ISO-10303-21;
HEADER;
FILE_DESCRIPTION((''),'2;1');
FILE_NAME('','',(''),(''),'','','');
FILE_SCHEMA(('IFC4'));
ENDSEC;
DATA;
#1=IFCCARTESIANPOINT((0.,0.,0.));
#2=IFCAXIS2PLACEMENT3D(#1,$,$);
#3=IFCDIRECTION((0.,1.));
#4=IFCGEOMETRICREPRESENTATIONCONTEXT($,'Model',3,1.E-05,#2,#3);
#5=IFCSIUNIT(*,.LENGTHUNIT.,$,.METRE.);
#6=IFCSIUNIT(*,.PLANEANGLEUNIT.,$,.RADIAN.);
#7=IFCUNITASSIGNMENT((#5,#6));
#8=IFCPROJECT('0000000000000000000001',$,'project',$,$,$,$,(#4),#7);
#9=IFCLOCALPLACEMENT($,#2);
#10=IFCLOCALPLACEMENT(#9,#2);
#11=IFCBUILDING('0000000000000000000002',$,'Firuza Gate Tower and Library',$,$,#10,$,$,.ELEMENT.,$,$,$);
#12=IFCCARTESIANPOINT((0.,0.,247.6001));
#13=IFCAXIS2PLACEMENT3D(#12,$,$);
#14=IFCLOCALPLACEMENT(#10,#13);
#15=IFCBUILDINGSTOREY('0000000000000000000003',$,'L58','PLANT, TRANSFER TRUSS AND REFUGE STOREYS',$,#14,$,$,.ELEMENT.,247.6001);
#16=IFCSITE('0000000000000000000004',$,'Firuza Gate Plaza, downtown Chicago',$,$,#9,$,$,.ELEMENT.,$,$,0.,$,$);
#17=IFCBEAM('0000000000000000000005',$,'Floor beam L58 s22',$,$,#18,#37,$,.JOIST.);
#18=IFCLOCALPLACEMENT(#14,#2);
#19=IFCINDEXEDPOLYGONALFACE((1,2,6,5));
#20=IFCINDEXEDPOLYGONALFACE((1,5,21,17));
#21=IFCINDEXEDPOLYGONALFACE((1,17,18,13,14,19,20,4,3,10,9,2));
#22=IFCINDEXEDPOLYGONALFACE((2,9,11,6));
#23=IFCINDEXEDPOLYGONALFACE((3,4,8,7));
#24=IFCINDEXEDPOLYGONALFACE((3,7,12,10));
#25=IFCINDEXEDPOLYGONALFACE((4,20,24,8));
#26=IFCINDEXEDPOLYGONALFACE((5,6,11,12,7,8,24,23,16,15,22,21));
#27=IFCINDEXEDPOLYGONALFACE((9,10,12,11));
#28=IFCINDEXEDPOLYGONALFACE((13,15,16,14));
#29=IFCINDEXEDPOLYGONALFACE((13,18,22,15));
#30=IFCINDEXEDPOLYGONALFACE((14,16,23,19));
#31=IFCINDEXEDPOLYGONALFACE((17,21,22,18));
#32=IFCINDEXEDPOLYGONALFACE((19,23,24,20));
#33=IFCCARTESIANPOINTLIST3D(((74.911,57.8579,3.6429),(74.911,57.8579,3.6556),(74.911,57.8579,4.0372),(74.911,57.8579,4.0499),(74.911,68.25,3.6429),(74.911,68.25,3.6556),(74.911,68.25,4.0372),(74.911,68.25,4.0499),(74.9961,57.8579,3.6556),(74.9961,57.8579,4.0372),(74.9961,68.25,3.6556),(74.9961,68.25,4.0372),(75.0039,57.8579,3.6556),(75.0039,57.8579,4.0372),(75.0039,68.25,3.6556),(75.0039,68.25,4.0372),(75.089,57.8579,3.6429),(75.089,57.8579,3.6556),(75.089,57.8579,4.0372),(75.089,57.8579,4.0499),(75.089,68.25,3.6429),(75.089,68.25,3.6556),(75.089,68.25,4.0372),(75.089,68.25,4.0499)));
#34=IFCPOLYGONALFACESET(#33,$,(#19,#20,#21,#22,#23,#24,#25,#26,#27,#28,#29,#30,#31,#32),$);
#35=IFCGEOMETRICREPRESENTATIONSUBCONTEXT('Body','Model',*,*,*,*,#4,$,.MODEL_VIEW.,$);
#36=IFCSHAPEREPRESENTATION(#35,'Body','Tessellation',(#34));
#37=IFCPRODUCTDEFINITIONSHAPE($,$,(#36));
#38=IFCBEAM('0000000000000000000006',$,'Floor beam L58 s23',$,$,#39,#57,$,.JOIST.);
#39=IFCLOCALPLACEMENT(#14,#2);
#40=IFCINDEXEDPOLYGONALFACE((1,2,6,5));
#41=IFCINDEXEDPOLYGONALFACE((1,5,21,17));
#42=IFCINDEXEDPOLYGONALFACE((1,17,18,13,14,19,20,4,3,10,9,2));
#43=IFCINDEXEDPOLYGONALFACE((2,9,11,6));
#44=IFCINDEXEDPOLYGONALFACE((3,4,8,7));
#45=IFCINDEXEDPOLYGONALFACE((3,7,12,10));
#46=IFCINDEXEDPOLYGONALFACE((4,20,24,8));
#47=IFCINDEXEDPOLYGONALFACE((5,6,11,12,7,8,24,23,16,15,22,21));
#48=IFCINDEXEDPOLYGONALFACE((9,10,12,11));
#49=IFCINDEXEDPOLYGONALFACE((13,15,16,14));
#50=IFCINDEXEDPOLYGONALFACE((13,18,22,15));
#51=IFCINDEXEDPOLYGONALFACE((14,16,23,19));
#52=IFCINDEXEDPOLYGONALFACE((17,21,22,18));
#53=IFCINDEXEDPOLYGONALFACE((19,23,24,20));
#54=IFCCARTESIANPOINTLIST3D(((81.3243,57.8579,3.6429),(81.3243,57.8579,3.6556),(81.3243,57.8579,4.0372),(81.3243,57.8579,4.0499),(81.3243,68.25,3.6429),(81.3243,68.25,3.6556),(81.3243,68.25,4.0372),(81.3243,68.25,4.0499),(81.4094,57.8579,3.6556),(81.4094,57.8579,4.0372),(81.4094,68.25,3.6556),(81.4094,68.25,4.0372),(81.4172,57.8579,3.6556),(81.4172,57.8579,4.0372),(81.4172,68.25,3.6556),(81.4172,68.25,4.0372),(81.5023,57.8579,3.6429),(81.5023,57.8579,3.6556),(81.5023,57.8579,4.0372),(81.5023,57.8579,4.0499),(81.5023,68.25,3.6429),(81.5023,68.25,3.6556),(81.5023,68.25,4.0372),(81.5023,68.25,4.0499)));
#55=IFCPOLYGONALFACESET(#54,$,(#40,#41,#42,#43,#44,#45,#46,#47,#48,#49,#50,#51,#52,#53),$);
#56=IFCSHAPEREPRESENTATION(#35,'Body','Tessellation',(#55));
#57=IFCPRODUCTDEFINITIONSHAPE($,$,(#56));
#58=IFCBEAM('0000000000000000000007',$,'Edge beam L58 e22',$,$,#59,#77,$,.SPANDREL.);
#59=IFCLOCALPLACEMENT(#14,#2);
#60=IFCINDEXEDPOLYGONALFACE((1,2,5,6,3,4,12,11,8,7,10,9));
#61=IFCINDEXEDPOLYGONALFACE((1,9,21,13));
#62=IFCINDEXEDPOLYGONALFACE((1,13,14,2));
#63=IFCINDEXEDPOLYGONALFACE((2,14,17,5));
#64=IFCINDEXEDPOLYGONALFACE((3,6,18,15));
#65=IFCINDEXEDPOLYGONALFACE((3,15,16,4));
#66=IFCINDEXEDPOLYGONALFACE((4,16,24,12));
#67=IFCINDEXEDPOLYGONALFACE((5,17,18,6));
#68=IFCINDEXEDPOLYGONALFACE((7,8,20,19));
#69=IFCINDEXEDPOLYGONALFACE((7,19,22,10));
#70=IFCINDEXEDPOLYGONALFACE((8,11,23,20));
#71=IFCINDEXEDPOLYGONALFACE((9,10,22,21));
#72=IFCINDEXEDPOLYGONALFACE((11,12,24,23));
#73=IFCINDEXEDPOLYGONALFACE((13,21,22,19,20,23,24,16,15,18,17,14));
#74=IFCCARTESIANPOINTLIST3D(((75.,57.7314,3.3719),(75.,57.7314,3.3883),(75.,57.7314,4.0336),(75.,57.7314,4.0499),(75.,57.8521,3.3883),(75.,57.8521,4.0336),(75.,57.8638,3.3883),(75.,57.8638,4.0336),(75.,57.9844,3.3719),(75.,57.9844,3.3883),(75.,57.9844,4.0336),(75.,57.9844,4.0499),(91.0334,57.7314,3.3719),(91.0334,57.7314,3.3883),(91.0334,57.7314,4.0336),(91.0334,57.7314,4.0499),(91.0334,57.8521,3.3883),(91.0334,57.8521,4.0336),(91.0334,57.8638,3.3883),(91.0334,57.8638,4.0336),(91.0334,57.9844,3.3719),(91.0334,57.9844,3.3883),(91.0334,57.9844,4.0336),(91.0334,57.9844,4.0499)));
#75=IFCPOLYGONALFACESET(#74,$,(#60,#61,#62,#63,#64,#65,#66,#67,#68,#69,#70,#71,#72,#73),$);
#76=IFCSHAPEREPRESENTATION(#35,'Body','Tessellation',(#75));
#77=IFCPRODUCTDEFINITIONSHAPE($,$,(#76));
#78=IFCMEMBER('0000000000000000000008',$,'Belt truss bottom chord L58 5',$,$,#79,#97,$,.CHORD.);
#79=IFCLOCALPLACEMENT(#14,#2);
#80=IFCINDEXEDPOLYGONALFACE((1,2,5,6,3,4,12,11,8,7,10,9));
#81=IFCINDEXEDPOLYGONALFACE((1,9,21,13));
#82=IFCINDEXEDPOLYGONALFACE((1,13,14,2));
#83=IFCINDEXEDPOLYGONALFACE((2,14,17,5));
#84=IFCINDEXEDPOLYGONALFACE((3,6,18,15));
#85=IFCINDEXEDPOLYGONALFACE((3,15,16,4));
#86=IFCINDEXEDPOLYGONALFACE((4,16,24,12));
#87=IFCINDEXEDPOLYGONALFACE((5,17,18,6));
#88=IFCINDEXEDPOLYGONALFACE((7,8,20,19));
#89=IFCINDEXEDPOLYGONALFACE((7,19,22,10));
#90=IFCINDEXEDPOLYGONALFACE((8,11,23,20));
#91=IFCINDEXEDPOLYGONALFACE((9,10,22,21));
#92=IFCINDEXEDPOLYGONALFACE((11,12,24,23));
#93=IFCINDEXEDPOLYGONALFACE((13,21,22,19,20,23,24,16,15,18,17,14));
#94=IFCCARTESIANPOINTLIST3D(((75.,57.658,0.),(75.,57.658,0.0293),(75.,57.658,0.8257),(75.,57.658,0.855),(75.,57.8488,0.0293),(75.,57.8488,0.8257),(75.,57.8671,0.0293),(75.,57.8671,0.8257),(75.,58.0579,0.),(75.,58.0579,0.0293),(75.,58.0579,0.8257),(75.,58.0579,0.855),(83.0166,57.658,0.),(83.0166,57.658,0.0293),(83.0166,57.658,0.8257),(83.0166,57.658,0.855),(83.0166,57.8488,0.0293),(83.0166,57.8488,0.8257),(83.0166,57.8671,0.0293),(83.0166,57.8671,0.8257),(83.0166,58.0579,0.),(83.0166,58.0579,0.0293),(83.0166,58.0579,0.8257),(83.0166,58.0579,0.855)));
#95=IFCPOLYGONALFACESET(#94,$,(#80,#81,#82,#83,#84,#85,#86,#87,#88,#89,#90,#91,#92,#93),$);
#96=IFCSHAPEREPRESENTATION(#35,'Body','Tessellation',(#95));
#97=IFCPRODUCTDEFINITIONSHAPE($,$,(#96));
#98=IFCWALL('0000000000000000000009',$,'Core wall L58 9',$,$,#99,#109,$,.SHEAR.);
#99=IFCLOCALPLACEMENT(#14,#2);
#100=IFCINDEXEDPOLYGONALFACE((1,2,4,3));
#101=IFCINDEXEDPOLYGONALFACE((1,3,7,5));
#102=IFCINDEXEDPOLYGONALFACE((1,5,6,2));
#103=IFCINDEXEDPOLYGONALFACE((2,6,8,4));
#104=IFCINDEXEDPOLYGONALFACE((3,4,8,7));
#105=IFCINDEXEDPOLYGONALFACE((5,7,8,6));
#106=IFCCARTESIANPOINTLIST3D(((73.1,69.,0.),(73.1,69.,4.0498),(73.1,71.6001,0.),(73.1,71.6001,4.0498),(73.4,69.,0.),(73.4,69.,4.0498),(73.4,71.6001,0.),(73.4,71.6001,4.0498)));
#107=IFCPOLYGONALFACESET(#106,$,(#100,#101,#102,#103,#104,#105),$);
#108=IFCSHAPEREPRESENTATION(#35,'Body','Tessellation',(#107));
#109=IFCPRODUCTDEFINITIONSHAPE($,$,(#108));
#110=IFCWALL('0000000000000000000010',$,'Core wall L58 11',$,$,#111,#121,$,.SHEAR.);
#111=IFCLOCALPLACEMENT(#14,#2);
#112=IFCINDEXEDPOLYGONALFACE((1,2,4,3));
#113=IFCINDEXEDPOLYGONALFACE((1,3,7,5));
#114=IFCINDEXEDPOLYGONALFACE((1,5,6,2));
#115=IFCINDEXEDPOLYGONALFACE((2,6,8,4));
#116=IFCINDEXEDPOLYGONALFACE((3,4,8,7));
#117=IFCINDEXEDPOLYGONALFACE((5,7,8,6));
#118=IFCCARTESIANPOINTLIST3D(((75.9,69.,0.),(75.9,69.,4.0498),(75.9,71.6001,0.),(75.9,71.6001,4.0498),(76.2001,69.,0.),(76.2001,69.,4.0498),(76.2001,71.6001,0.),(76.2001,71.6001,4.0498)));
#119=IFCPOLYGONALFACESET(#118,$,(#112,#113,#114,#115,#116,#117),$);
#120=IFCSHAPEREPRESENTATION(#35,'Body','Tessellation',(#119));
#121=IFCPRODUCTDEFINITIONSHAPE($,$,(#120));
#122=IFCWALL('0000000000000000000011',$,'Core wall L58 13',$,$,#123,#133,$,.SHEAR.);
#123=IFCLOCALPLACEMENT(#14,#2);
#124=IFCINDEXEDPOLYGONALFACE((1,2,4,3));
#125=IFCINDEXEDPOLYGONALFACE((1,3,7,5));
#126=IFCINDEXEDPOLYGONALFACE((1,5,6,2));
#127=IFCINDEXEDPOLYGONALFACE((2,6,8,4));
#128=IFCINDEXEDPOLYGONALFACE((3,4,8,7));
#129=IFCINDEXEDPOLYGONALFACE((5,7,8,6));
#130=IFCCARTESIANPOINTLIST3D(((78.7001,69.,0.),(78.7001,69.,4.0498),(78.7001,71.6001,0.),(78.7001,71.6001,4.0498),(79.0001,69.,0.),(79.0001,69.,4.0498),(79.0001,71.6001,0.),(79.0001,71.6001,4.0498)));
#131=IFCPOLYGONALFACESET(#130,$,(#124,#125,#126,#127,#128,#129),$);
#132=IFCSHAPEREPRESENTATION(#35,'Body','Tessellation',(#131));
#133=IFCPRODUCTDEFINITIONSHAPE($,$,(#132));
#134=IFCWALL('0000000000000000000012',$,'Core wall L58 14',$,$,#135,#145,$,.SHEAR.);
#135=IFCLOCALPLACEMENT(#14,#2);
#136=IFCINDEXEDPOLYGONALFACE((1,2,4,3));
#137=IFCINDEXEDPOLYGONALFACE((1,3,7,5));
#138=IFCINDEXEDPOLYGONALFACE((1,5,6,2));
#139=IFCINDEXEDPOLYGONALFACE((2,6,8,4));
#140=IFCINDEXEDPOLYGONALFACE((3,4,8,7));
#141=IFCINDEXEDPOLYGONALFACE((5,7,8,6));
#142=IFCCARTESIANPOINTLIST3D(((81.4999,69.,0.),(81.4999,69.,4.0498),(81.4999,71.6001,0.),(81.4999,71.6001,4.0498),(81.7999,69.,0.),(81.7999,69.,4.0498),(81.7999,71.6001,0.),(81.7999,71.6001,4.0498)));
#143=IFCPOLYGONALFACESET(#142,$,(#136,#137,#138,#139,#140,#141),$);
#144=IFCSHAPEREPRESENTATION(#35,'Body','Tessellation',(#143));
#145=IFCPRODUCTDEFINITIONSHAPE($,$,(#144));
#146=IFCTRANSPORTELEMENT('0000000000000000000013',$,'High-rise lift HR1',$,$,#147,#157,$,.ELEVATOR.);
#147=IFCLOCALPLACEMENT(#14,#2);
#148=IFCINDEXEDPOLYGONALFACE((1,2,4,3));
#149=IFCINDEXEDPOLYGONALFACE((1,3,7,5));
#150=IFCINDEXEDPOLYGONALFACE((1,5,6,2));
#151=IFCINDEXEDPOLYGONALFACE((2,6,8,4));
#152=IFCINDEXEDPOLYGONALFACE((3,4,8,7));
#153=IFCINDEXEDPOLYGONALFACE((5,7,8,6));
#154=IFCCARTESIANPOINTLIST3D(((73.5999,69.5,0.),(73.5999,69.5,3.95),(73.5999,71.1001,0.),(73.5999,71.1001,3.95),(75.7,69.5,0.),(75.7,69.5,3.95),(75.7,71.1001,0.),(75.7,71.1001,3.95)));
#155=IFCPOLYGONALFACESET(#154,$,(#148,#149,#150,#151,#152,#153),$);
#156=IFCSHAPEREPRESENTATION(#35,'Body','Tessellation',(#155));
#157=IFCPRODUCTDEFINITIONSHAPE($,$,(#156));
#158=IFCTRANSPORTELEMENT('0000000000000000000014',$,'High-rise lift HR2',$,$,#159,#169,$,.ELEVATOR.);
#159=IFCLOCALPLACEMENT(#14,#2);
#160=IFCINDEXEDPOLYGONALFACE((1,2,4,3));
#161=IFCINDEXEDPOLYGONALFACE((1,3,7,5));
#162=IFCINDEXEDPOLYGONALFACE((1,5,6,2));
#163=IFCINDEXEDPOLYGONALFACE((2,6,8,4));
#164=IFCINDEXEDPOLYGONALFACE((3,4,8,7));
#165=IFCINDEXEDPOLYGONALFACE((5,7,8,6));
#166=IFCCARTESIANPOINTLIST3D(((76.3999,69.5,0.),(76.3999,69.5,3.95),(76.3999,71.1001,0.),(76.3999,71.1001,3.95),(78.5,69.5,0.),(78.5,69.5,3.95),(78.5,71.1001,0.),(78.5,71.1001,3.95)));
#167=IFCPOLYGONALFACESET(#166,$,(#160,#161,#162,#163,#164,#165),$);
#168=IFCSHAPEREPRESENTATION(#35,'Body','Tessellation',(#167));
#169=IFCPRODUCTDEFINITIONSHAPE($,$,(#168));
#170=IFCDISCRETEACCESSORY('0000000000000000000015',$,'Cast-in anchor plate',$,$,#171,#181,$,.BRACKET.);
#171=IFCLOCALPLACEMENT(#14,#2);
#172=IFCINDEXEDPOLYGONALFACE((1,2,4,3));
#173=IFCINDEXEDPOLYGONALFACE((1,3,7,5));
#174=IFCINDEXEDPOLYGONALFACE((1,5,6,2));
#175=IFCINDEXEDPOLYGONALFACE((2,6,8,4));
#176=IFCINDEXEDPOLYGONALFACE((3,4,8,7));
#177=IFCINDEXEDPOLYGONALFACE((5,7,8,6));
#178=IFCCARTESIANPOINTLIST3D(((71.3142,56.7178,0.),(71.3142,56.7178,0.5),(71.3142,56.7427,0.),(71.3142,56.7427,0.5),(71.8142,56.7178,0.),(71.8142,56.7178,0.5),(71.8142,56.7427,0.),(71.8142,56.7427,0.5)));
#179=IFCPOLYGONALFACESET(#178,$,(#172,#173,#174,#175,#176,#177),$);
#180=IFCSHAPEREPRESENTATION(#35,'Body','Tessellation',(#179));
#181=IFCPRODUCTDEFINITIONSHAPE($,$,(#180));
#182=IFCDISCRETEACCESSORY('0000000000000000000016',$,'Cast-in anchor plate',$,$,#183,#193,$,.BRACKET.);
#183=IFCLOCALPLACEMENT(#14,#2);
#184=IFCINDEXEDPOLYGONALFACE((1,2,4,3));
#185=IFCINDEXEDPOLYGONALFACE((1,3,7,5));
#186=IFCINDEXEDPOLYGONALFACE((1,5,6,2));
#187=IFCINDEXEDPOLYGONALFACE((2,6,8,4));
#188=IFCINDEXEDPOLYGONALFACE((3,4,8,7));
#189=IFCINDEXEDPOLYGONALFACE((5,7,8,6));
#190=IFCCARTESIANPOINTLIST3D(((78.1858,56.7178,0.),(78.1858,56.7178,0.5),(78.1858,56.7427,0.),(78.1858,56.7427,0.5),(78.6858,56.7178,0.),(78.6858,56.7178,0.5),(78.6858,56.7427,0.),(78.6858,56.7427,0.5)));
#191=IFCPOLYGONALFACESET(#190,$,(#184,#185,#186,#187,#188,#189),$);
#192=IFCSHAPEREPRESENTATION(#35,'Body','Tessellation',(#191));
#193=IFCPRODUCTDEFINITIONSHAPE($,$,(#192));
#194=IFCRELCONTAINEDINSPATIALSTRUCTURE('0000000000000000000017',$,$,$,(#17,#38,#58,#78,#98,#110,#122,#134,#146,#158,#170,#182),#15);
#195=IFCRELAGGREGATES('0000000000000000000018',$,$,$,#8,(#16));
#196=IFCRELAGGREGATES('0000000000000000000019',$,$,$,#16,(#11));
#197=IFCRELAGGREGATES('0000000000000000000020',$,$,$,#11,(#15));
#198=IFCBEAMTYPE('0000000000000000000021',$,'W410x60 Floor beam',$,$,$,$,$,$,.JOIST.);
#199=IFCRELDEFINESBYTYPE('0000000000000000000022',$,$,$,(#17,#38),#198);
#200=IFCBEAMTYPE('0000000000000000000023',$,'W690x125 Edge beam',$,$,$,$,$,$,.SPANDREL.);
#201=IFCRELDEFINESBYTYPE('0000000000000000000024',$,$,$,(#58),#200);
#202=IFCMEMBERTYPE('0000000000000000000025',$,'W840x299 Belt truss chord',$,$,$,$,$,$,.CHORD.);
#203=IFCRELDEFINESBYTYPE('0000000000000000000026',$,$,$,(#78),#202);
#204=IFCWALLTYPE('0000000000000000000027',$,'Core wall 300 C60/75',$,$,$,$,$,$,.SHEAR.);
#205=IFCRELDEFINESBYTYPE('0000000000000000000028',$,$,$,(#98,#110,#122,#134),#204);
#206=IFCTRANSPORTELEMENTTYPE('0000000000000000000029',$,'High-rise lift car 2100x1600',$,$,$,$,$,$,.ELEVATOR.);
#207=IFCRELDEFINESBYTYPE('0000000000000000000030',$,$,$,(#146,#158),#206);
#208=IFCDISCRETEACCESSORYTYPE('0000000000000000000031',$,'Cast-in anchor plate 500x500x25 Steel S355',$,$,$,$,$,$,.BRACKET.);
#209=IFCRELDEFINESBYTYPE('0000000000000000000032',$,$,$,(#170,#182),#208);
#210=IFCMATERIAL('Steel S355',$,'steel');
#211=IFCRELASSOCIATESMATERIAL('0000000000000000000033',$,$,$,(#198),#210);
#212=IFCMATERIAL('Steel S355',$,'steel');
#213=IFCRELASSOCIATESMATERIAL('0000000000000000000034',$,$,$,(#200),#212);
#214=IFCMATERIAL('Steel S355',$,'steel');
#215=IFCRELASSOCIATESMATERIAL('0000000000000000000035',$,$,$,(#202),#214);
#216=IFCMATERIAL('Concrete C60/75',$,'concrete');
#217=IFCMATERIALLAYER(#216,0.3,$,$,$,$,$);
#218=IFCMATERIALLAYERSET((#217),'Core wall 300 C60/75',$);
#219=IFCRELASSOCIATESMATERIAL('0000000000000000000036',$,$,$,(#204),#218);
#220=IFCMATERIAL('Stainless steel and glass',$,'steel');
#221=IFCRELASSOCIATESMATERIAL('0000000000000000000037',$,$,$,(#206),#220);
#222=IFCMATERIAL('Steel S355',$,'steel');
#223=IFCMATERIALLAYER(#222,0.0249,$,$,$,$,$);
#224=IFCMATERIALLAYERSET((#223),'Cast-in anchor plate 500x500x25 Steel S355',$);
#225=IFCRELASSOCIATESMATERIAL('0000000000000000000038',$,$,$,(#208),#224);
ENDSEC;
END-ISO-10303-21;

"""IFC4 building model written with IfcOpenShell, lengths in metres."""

from ifc_helpers import new_model, si_unit, direction, frame, frame_2d, origin, origin_2d, place, context, subcontext, project, spatial, rectangle, i_section, extrude, material, layer, layer_set, material_profile, profile_set, type_object, element, save


model = new_model("IFC4")

# Units and contexts
model_context = context("Model", 3, precision=1e-05, world=origin(), true_north=direction((0.0, 1.0)))
body_context = subcontext(model_context, "Body", "Model", "MODEL_VIEW")
ifc_project = project(units=[si_unit("LENGTHUNIT", "METRE"), si_unit("PLANEANGLEUNIT", "RADIAN")], contexts=[model_context])

# Site, building, storey
site_placement = place(None, origin())
site = spatial("IfcSite", under=ifc_project, at=site_placement, Name="Firuza Gate Plaza, downtown Chicago", CompositionType="ELEMENT", RefElevation=0.0)
building_placement = place(site_placement, origin())
building = spatial("IfcBuilding", under=site, at=building_placement, Name="Firuza Gate Tower and Library", CompositionType="ELEMENT")
storey_placement = place(building_placement, frame((0.0, 0.0, 247.6001)))
storey = spatial("IfcBuildingStorey", under=building, at=storey_placement, Name="L58", Description="PLANT, TRANSFER TRUSS AND REFUGE STOREYS", CompositionType="ELEMENT", Elevation=247.6001)

# Beams
ifc_material_1 = material(Name="Steel S355", Category="steel")
ifc_material_profile_1 = material_profile(ifc_material_1, i_section(OverallWidth=0.178, OverallDepth=0.407, WebThickness=0.0078, FlangeThickness=0.0127, at=origin_2d()))
ifc_profile_set_1 = profile_set([ifc_material_profile_1], Name="Steel S355")
beam_type_1 = type_object("IfcBeamType", Name="W410x60 Floor beam", PredefinedType="JOIST", material=ifc_profile_set_1)
for number, where, z_axis, x_axis, name in (
    (1, (75.0, 57.8579, 3.8464), (0.0, 1.0, 0.0), (-1.0, 0.0, 0.0), "Floor beam L58 s22"),
    (2, (81.4133, 57.8579, 3.8464), (0.0, 1.0, 0.0), (-1.0, 0.0, 0.0), "Floor beam L58 s23"),
):
    element("IfcBeam", number, at=place(storey_placement, frame(where, z_axis=z_axis, x_axis=x_axis)), inside=storey, type_object=beam_type_1, Name=name, PredefinedType="JOIST", context=body_context, shape_type="SweptSolid", body=[
        extrude(i_section(OverallWidth=0.178, OverallDepth=0.407, WebThickness=0.0078, FlangeThickness=0.0127, at=origin_2d()), origin(), (0.0, 0.0, 1.0), 10.3921),
    ])
ifc_material_2 = material(Name="Steel S355", Category="steel")
ifc_material_profile_2 = material_profile(ifc_material_2, i_section(OverallWidth=0.2529, OverallDepth=0.678, WebThickness=0.0117, FlangeThickness=0.0164, at=origin_2d()))
ifc_profile_set_2 = profile_set([ifc_material_profile_2], Name="Steel S355")
beam_type_2 = type_object("IfcBeamType", Name="W690x125 Edge beam", PredefinedType="SPANDREL", material=ifc_profile_set_2)
beam_placement = place(storey_placement, frame((75.0, 57.8579, 3.7109), z_axis=(1.0, 0.0, 0.0), x_axis=(0.0, 1.0, 0.0)))
element("IfcBeam", 3, at=beam_placement, inside=storey, type_object=beam_type_2, Name="Edge beam L58 e22", PredefinedType="SPANDREL", context=body_context, shape_type="SweptSolid", body=[
    extrude(i_section(OverallWidth=0.2529, OverallDepth=0.678, WebThickness=0.0117, FlangeThickness=0.0164, at=origin_2d()), origin(), (0.0, 0.0, 1.0), 16.0334),
])

# Member
ifc_material_3 = material(Name="Steel S355", Category="steel")
ifc_material_profile_3 = material_profile(ifc_material_3, i_section(OverallWidth=0.3999, OverallDepth=0.855, WebThickness=0.0183, FlangeThickness=0.0293, at=origin_2d()))
ifc_profile_set_3 = profile_set([ifc_material_profile_3], Name="Steel S355")
member_type_1 = type_object("IfcMemberType", Name="W840x299 Belt truss chord", PredefinedType="CHORD", material=ifc_profile_set_3)
member_1_placement = place(storey_placement, frame((75.0, 57.8579, 0.4275), z_axis=(1.0, 0.0, 0.0), x_axis=(0.0, 1.0, 0.0)))
element("IfcMember", 4, at=member_1_placement, inside=storey, type_object=member_type_1, Name="Belt truss bottom chord L58 5", PredefinedType="CHORD", context=body_context, shape_type="SweptSolid", body=[
    extrude(i_section(OverallWidth=0.3999, OverallDepth=0.855, WebThickness=0.0183, FlangeThickness=0.0293, at=origin_2d()), origin(), (0.0, 0.0, 1.0), 8.0166),
])

# Walls
ifc_material_4 = material(Name="Concrete C60/75", Category="concrete")
ifc_layer_1 = layer(ifc_material_4, 0.3)
ifc_layer_set_1 = layer_set([ifc_layer_1], Name="Core wall 300 C60/75")
wall_type = type_object("IfcWallType", Name="Core wall 300 C60/75", PredefinedType="SHEAR", material=ifc_layer_set_1)
for number, where, z_axis, x_axis, name in (
    (5, (73.25, 69.0, 0.0), (0.0, 0.0, 1.0), (0.0, 1.0, 0.0), "Core wall L58 9"),
    (6, (76.05, 69.0, 0.0), (0.0, 0.0, 1.0), (0.0, 1.0, 0.0), "Core wall L58 11"),
    (7, (78.8501, 69.0, 0.0), (0.0, 0.0, 1.0), (0.0, 1.0, 0.0), "Core wall L58 13"),
    (8, (81.6499, 69.0, 0.0), (0.0, 0.0, 1.0), (0.0, 1.0, 0.0), "Core wall L58 14"),
):
    element("IfcWall", number, at=place(storey_placement, frame(where, z_axis=z_axis, x_axis=x_axis)), inside=storey, type_object=wall_type, Name=name, PredefinedType="SHEAR", context=body_context, shape_type="SweptSolid", body=[
        extrude(rectangle(XDim=2.6001, YDim=0.3, at=frame_2d((1.3, 0.0))), origin(), (0.0, 0.0, 1.0), 4.0498),
    ])

# Transport elements
ifc_material_5 = material(Name="Stainless steel and glass", Category="steel")
transport_element_type = type_object("IfcTransportElementType", Name="High-rise lift car 2100x1600", PredefinedType="ELEVATOR", material=ifc_material_5)
for number, where, z_axis, x_axis, name in (
    (9, (74.6499, 70.3, 0.0), (0.0, 0.0, 1.0), (1.0, 0.0, 0.0), "High-rise lift HR1"),
    (10, (77.45, 70.3, 0.0), (0.0, 0.0, 1.0), (1.0, 0.0, 0.0), "High-rise lift HR2"),
):
    element("IfcTransportElement", number, at=place(storey_placement, frame(where, z_axis=z_axis, x_axis=x_axis)), inside=storey, type_object=transport_element_type, Name=name, PredefinedType="ELEVATOR", context=body_context, shape_type="SweptSolid", body=[
        extrude(rectangle(XDim=2.1001, YDim=1.6001, at=origin_2d()), origin(), (0.0, 0.0, 1.0), 3.95),
    ])

# Discrete accessories
ifc_material_6 = material(Name="Steel S355", Category="steel")
ifc_layer_2 = layer(ifc_material_6, 0.0249)
ifc_layer_set_2 = layer_set([ifc_layer_2], Name="Cast-in anchor plate 500x500x25 Steel S355")
discrete_accessory_type = type_object("IfcDiscreteAccessoryType", Name="Cast-in anchor plate 500x500x25 Steel S355", PredefinedType="BRACKET", material=ifc_layer_set_2)
for number, where, z_axis, x_axis, name in (
    (11, (71.5642, 56.7302, 0.0), (0.0, 0.0, 1.0), (1.0, 0.0, 0.0), "Cast-in anchor plate"),
    (12, (78.4358, 56.7302, 0.0), (0.0, 0.0, 1.0), (1.0, 0.0, 0.0), "Cast-in anchor plate"),
):
    element("IfcDiscreteAccessory", number, at=place(storey_placement, frame(where, z_axis=z_axis, x_axis=x_axis)), inside=storey, type_object=discrete_accessory_type, Name=name, PredefinedType="BRACKET", context=body_context, shape_type="SweptSolid", body=[
        extrude(rectangle(XDim=0.5, YDim=0.0249, at=origin_2d()), origin(), (0.0, 0.0, 1.0), 0.5),
    ])

save(model, "model.ifc")
